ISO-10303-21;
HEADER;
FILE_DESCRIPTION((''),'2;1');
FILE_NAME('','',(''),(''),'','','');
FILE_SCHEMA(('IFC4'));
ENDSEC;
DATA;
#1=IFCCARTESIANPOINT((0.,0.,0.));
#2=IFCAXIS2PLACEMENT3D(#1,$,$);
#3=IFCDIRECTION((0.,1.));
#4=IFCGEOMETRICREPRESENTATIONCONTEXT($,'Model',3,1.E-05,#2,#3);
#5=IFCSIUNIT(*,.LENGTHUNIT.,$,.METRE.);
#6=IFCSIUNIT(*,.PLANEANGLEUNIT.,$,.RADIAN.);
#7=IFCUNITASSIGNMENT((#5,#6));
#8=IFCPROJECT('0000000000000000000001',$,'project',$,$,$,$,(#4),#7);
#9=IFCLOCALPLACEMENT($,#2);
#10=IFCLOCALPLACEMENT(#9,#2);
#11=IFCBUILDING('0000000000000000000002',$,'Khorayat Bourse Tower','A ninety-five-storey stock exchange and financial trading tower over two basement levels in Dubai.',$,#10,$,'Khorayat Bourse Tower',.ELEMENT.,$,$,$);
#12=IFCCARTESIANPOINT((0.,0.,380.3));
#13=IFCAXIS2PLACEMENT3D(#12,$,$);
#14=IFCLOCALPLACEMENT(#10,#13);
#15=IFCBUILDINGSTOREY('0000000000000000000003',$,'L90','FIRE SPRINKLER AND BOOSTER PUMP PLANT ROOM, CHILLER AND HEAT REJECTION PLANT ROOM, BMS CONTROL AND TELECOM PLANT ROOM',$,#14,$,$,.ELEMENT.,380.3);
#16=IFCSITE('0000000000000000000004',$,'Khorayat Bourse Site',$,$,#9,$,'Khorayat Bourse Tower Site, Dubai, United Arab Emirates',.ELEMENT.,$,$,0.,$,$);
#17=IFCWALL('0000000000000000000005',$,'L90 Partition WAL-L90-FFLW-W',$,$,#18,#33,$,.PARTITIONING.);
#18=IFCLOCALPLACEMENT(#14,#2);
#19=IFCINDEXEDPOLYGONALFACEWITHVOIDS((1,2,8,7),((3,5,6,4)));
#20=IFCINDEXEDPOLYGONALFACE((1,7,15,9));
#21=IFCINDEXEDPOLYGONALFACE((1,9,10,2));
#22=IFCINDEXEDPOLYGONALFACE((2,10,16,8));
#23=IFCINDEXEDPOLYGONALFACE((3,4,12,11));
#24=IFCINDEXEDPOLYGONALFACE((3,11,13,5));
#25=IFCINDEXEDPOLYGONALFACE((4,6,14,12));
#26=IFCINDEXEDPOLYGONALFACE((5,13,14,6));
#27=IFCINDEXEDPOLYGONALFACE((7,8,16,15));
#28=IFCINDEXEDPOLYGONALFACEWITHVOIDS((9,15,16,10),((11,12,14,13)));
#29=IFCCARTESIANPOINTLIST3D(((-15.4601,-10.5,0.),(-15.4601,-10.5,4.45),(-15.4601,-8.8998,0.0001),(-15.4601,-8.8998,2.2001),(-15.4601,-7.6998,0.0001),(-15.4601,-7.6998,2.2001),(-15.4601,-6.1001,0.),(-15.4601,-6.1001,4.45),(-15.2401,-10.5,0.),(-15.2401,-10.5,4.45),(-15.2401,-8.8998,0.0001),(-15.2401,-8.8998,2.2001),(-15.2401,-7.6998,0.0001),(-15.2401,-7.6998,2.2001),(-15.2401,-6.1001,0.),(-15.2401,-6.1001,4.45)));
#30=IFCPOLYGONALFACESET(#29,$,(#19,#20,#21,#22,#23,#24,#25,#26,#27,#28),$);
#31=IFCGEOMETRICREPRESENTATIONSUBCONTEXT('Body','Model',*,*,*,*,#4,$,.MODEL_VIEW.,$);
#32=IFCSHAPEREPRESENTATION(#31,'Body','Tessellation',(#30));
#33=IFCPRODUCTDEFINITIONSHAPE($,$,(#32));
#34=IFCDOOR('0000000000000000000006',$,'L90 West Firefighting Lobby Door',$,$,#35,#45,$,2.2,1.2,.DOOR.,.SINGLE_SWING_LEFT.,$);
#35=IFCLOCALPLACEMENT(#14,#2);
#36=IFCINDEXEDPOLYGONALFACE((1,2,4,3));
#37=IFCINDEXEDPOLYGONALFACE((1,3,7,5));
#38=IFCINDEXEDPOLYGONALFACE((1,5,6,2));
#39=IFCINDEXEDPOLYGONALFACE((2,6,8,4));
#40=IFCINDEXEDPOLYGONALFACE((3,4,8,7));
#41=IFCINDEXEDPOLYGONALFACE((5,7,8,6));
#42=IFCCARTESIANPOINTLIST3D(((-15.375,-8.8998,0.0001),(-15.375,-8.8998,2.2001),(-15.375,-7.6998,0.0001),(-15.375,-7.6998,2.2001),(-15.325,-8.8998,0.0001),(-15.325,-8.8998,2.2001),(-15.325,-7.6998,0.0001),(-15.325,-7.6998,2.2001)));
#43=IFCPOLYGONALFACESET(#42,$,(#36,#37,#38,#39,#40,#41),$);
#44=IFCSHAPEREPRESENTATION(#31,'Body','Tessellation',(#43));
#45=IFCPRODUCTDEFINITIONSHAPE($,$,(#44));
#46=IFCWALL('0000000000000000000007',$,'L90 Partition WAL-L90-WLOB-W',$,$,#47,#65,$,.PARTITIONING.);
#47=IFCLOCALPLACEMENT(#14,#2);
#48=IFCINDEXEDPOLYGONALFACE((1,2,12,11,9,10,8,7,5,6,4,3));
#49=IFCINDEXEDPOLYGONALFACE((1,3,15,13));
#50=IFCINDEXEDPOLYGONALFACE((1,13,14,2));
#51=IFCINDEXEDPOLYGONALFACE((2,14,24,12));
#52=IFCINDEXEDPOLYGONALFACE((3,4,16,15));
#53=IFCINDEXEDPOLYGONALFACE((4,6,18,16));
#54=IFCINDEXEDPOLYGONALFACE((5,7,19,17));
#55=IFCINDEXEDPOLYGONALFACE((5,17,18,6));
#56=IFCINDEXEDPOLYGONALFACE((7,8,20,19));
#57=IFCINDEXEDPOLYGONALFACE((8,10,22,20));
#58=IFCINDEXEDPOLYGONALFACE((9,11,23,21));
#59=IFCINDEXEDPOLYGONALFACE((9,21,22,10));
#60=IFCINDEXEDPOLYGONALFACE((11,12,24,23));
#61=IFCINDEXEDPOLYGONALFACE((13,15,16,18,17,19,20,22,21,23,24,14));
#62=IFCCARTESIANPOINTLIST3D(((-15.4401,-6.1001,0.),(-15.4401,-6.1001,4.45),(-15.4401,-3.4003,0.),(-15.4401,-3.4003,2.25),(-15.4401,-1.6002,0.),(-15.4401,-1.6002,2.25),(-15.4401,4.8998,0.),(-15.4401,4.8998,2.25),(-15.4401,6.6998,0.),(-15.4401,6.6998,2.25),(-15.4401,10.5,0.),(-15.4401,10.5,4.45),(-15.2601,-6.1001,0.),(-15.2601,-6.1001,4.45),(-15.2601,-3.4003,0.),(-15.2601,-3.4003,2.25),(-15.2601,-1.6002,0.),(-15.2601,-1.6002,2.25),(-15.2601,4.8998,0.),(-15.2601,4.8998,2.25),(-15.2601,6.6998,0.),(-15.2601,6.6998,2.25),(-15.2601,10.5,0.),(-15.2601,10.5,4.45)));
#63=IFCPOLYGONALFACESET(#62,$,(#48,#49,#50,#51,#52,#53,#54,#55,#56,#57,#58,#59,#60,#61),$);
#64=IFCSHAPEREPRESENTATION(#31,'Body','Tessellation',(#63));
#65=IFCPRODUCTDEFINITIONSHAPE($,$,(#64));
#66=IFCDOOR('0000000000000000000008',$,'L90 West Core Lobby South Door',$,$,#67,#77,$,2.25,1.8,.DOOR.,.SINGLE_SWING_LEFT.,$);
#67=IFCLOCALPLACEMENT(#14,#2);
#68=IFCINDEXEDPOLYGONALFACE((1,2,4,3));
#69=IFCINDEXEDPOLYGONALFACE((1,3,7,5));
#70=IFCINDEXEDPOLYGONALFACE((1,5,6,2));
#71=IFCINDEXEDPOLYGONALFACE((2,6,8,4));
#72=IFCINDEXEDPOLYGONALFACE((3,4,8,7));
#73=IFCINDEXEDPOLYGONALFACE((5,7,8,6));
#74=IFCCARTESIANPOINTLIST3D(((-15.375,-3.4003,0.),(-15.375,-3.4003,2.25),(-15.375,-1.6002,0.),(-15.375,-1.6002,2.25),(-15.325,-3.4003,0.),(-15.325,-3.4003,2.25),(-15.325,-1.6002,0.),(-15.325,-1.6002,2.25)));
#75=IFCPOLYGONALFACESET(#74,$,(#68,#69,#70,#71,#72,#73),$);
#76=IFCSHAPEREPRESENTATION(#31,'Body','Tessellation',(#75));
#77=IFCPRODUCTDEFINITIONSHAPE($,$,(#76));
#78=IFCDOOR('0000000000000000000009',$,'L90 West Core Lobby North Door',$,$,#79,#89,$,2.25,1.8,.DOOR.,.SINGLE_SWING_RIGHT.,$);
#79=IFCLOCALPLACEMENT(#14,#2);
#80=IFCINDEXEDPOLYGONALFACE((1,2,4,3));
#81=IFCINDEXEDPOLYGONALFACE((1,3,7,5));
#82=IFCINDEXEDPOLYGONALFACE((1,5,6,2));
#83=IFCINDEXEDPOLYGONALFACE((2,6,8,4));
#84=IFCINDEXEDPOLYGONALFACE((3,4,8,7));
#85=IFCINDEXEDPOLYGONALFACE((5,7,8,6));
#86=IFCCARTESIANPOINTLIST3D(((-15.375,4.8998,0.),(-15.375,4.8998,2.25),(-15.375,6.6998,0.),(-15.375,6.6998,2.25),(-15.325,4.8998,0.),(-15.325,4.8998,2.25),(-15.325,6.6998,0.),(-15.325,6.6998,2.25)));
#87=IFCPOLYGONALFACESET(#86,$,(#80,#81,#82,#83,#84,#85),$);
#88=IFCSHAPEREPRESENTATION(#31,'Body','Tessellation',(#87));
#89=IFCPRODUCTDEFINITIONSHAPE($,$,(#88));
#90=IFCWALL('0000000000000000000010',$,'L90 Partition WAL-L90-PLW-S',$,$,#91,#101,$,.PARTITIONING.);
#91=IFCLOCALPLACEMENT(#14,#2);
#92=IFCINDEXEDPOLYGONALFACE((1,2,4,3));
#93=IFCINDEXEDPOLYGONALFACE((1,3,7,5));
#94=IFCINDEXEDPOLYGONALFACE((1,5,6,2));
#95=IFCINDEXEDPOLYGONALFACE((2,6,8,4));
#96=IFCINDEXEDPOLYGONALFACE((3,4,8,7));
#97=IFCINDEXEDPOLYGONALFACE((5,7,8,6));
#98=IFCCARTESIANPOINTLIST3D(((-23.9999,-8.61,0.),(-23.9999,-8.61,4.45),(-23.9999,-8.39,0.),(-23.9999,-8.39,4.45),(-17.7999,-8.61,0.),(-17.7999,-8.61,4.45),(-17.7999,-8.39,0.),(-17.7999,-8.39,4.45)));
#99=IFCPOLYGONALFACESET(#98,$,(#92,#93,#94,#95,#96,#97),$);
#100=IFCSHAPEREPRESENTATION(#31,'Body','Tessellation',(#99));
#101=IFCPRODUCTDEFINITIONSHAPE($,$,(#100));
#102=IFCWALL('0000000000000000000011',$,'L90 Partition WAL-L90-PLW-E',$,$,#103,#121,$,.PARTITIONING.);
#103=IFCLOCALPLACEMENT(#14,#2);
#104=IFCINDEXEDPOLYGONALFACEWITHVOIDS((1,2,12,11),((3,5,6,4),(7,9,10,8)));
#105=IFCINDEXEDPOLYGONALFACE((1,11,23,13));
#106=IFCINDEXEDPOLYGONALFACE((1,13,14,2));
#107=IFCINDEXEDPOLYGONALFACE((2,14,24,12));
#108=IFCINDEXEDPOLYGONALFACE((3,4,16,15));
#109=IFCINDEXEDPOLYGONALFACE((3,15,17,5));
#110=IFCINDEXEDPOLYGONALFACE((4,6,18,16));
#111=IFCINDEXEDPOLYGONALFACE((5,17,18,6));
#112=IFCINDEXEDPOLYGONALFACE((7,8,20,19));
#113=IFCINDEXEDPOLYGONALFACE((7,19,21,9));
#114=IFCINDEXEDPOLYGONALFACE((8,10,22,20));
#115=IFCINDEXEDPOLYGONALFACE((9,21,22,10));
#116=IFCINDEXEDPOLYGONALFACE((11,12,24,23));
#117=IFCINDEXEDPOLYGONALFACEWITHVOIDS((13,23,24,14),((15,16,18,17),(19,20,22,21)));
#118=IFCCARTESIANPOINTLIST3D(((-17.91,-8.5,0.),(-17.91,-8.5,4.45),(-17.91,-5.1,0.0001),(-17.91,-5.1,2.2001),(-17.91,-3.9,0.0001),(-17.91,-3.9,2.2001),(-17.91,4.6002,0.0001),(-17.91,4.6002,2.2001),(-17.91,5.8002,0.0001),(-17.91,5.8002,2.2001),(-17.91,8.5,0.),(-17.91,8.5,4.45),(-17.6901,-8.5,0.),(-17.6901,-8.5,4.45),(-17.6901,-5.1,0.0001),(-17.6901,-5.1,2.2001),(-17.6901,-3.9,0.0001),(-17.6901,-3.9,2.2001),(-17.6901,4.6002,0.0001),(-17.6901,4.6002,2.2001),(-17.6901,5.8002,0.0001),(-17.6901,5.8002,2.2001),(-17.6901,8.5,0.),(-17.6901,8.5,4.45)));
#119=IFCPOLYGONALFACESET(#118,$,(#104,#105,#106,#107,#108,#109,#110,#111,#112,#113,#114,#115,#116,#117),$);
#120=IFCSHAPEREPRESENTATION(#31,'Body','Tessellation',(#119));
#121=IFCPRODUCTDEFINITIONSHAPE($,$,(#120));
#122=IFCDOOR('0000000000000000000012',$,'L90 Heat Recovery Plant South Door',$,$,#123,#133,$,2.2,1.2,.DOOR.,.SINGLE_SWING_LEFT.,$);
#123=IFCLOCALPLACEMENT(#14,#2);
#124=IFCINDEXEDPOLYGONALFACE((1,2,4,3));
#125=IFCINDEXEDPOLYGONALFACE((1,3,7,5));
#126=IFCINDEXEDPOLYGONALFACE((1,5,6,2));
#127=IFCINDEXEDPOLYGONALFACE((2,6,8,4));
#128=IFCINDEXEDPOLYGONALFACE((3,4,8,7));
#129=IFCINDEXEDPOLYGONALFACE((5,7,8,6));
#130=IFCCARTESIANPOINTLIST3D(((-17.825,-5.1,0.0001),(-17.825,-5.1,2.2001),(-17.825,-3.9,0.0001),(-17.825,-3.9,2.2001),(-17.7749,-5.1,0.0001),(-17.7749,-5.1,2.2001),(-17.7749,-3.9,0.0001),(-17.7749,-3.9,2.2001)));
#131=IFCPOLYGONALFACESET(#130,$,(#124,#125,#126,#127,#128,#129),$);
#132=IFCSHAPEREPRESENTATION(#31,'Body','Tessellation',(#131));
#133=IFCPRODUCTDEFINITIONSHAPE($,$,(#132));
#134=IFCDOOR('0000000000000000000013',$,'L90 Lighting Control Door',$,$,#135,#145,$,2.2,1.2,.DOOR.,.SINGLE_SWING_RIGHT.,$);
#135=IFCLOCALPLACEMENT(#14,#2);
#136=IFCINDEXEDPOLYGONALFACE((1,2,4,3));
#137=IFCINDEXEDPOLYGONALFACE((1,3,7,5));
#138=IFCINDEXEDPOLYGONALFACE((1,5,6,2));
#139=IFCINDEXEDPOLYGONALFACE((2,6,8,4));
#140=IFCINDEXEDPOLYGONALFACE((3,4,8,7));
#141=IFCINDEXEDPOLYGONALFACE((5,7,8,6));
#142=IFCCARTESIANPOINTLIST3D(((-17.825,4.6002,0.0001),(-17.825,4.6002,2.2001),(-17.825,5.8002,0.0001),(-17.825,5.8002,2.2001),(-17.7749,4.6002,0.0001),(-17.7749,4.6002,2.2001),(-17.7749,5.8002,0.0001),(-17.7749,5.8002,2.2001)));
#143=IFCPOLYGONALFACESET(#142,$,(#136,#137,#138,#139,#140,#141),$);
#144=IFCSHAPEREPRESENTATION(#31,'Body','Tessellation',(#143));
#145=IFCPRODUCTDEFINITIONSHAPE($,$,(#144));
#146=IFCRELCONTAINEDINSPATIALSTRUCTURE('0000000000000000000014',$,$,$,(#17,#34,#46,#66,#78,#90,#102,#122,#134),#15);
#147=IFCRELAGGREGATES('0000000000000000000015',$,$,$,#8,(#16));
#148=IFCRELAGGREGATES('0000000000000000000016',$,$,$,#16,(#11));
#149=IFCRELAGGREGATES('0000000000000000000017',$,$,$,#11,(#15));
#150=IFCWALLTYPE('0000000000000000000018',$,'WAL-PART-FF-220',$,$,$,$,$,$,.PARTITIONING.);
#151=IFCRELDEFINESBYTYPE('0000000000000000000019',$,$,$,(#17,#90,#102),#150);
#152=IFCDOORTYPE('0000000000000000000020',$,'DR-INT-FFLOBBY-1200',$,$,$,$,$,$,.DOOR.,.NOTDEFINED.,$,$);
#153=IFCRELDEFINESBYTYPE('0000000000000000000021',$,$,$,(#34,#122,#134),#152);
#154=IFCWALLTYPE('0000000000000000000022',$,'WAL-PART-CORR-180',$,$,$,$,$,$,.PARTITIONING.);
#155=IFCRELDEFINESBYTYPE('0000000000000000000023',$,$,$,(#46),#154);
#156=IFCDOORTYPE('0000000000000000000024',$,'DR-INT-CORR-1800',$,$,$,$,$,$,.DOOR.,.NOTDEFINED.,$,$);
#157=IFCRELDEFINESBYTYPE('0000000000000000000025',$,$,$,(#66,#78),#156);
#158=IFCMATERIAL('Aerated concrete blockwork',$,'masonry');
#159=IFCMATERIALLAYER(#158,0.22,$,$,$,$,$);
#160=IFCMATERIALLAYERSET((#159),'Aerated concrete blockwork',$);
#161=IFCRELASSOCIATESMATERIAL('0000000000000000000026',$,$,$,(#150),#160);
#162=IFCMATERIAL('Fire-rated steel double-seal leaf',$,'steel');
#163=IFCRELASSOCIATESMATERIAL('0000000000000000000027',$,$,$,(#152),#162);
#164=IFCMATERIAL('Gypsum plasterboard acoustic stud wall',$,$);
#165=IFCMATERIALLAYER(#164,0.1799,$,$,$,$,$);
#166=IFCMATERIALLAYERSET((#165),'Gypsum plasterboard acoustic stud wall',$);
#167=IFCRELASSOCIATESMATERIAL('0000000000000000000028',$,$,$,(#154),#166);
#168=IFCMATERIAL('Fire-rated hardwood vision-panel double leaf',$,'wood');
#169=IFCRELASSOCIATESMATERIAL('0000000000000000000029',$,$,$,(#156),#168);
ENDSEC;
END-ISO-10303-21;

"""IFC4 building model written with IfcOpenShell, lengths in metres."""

from ifc_helpers import new_model, si_unit, direction, frame, frame_2d, origin, place, context, subcontext, project, spatial, rectangle, extrude, source, transform, mapped, material, layer, layer_set, type_object, element, fill, save


model = new_model("IFC4")

# Units and contexts
model_context = context("Model", 3, precision=1e-05, world=origin(), true_north=direction((0.0, 1.0)))
body_context = subcontext(model_context, "Body", "Model", "MODEL_VIEW")
ifc_project = project(units=[si_unit("LENGTHUNIT", "METRE"), si_unit("PLANEANGLEUNIT", "RADIAN")], contexts=[model_context])

# Site, building, storey
site_placement = place(None, origin())
site = spatial("IfcSite", under=ifc_project, at=site_placement, Name="Khorayat Bourse Site", LongName="Khorayat Bourse Tower Site, Dubai, United Arab Emirates", CompositionType="ELEMENT", RefElevation=0.0)
building_placement = place(site_placement, origin())
building = spatial("IfcBuilding", under=site, at=building_placement, Name="Khorayat Bourse Tower", Description="A ninety-five-storey stock exchange and financial trading tower over two basement levels in Dubai.", LongName="Khorayat Bourse Tower", CompositionType="ELEMENT")
storey_placement = place(building_placement, frame((0.0, 0.0, 380.3)))
storey = spatial("IfcBuildingStorey", under=building, at=storey_placement, Name="L90", Description="FIRE SPRINKLER AND BOOSTER PUMP PLANT ROOM, CHILLER AND HEAT REJECTION PLANT ROOM, BMS CONTROL AND TELECOM PLANT ROOM", CompositionType="ELEMENT", Elevation=380.3)

# Shared definitions
ifc_material_1 = material(Name="Aerated concrete blockwork", Category="masonry")
ifc_layer_1 = layer(ifc_material_1, 0.22)
ifc_layer_set_1 = layer_set([ifc_layer_1], Name="Aerated concrete blockwork")
wall_type_1 = type_object("IfcWallType", Name="WAL-PART-FF-220", PredefinedType="PARTITIONING", material=ifc_layer_set_1)

# Wall, opening, door
shared_shape_1 = source(origin(), body_context, "Body", "SweptSolid", [
    extrude(rectangle(XDim=4.3999, YDim=0.22, at=frame_2d((2.2, 0.0))), origin(), (0.0, 0.0, 1.0), 4.45),
])
wall_1_placement = place(storey_placement, frame((-15.3501, -10.5, 0.0), z_axis=(0.0, 0.0, 1.0), x_axis=(0.0, 1.0, 0.0)))
wall_1 = element("IfcWall", 1, at=wall_1_placement, inside=storey, type_object=wall_type_1, Name="L90 Partition WAL-L90-FFLW-W", PredefinedType="PARTITIONING", context=body_context, shape_type="MappedRepresentation", body=[
    mapped(shared_shape_1, transform((0.0, 0.0, 0.0), scale=1.0)),
])
shared_shape_2 = source(origin(), body_context, "Body", "SweptSolid", [
    extrude(rectangle(XDim=1.2, YDim=2.2, at=frame_2d((0.6001, 1.1001))), frame((0.0, 0.1199, 0.0), z_axis=(0.0, -1.0, 0.0), x_axis=(1.0, 0.0, 0.0)), (0.0, 0.0, 1.0), 0.24),
])
opening_1_placement = place(wall_1_placement, frame((1.6001, 0.0, 0.0)))
opening_1 = element("IfcOpeningElement", 2, at=opening_1_placement, cuts=wall_1, PredefinedType="OPENING", context=body_context, shape_type="MappedRepresentation", body=[
    mapped(shared_shape_2, transform((0.0, 0.0, 0.0), scale=1.0)),
])
ifc_material_2 = material(Name="Fire-rated steel double-seal leaf", Category="steel")
door_type_1 = type_object("IfcDoorType", Name="DR-INT-FFLOBBY-1200", OperationType="NOTDEFINED", PredefinedType="DOOR", material=ifc_material_2)
shared_shape_3 = source(origin(), body_context, "Body", "SweptSolid", [
    extrude(rectangle(XDim=1.2, YDim=2.2, at=frame_2d((0.6001, 1.1001))), frame((0.0, 0.0249, 0.0), z_axis=(0.0, -1.0, 0.0), x_axis=(1.0, 0.0, 0.0)), (0.0, 0.0, 1.0), 0.05),
])
door_1_placement = place(opening_1_placement, origin())
door_1 = element("IfcDoor", 3, at=door_1_placement, inside=storey, type_object=door_type_1, Name="L90 West Firefighting Lobby Door", OperationType="SINGLE_SWING_LEFT", OverallHeight=2.2, OverallWidth=1.2, PredefinedType="DOOR", context=body_context, shape_type="MappedRepresentation", body=[
    mapped(shared_shape_3, transform((0.0, 0.0, 0.0), scale=1.0)),
])
fill(opening_1, door_1)

# Wall, openings, doors
ifc_material_3 = material(Name="Gypsum plasterboard acoustic stud wall")
ifc_layer_2 = layer(ifc_material_3, 0.1799)
ifc_layer_set_2 = layer_set([ifc_layer_2], Name="Gypsum plasterboard acoustic stud wall")
wall_type_2 = type_object("IfcWallType", Name="WAL-PART-CORR-180", PredefinedType="PARTITIONING", material=ifc_layer_set_2)
shared_shape_4 = source(origin(), body_context, "Body", "SweptSolid", [
    extrude(rectangle(XDim=16.6001, YDim=0.1799, at=frame_2d((8.3, 0.0))), origin(), (0.0, 0.0, 1.0), 4.45),
])
wall_2_placement = place(storey_placement, frame((-15.3501, -6.1001, 0.0), z_axis=(0.0, 0.0, 1.0), x_axis=(0.0, 1.0, 0.0)))
wall_2 = element("IfcWall", 4, at=wall_2_placement, inside=storey, type_object=wall_type_2, Name="L90 Partition WAL-L90-WLOB-W", PredefinedType="PARTITIONING", context=body_context, shape_type="MappedRepresentation", body=[
    mapped(shared_shape_4, transform((0.0, 0.0, 0.0), scale=1.0)),
])
shared_shape_5 = source(origin(), body_context, "Body", "SweptSolid", [
    extrude(rectangle(XDim=1.8, YDim=2.25, at=frame_2d((0.8999, 1.125))), frame((0.0, 0.0999, 0.0), z_axis=(0.0, -1.0, 0.0), x_axis=(1.0, 0.0, 0.0)), (0.0, 0.0, 1.0), 0.2),
])
opening_2_placement = place(wall_2_placement, frame((2.7, 0.0, 0.0)))
opening_2 = element("IfcOpeningElement", 5, at=opening_2_placement, cuts=wall_2, PredefinedType="OPENING", context=body_context, shape_type="MappedRepresentation", body=[
    mapped(shared_shape_5, transform((0.0, 0.0, 0.0), scale=1.0)),
])
opening_3_placement = place(wall_2_placement, frame((11.0, 0.0, 0.0)))
opening_3 = element("IfcOpeningElement", 6, at=opening_3_placement, cuts=wall_2, PredefinedType="OPENING", context=body_context, shape_type="MappedRepresentation", body=[
    mapped(shared_shape_5, transform((0.0, 0.0, 0.0), scale=1.0)),
])
ifc_material_4 = material(Name="Fire-rated hardwood vision-panel double leaf", Category="wood")
door_type_2 = type_object("IfcDoorType", Name="DR-INT-CORR-1800", OperationType="NOTDEFINED", PredefinedType="DOOR", material=ifc_material_4)
shared_shape_6 = source(origin(), body_context, "Body", "SweptSolid", [
    extrude(rectangle(XDim=1.8, YDim=2.25, at=frame_2d((0.8999, 1.125))), frame((0.0, 0.0249, 0.0), z_axis=(0.0, -1.0, 0.0), x_axis=(1.0, 0.0, 0.0)), (0.0, 0.0, 1.0), 0.05),
])
door_2_placement = place(opening_2_placement, origin())
door_2 = element("IfcDoor", 7, at=door_2_placement, inside=storey, type_object=door_type_2, Name="L90 West Core Lobby South Door", OperationType="SINGLE_SWING_LEFT", OverallHeight=2.25, OverallWidth=1.8, PredefinedType="DOOR", context=body_context, shape_type="MappedRepresentation", body=[
    mapped(shared_shape_6, transform((0.0, 0.0, 0.0), scale=1.0)),
])
fill(opening_2, door_2)
door_3_placement = place(opening_3_placement, origin())
door_3 = element("IfcDoor", 8, at=door_3_placement, inside=storey, type_object=door_type_2, Name="L90 West Core Lobby North Door", OperationType="SINGLE_SWING_RIGHT", OverallHeight=2.25, OverallWidth=1.8, PredefinedType="DOOR", context=body_context, shape_type="MappedRepresentation", body=[
    mapped(shared_shape_6, transform((0.0, 0.0, 0.0), scale=1.0)),
])
fill(opening_3, door_3)

# Wall
shared_shape_7 = source(origin(), body_context, "Body", "SweptSolid", [
    extrude(rectangle(XDim=6.2, YDim=0.22, at=frame_2d((3.1001, 0.0))), origin(), (0.0, 0.0, 1.0), 4.45),
])
wall_3_placement = place(storey_placement, frame((-24.0, -8.5, 0.0), z_axis=(0.0, 0.0, 1.0), x_axis=(1.0, 0.0, 0.0)))
element("IfcWall", 9, at=wall_3_placement, inside=storey, type_object=wall_type_1, Name="L90 Partition WAL-L90-PLW-S", PredefinedType="PARTITIONING", context=body_context, shape_type="MappedRepresentation", body=[
    mapped(shared_shape_7, transform((0.0, 0.0, 0.0), scale=1.0)),
])

# Wall, openings, doors
shared_shape_8 = source(origin(), body_context, "Body", "SweptSolid", [
    extrude(rectangle(XDim=17.0, YDim=0.22, at=frame_2d((8.5, 0.0))), origin(), (0.0, 0.0, 1.0), 4.45),
])
wall_4_placement = place(storey_placement, frame((-17.8, -8.5, 0.0), z_axis=(0.0, 0.0, 1.0), x_axis=(0.0, 1.0, 0.0)))
wall_4 = element("IfcWall", 10, at=wall_4_placement, inside=storey, type_object=wall_type_1, Name="L90 Partition WAL-L90-PLW-E", PredefinedType="PARTITIONING", context=body_context, shape_type="MappedRepresentation", body=[
    mapped(shared_shape_8, transform((0.0, 0.0, 0.0), scale=1.0)),
])
opening_4_placement = place(wall_4_placement, frame((3.3999, 0.0, 0.0)))
opening_4 = element("IfcOpeningElement", 11, at=opening_4_placement, cuts=wall_4, PredefinedType="OPENING", context=body_context, shape_type="MappedRepresentation", body=[
    mapped(shared_shape_2, transform((0.0, 0.0, 0.0), scale=1.0)),
])
opening_5_placement = place(wall_4_placement, frame((13.1001, 0.0, 0.0)))
opening_5 = element("IfcOpeningElement", 12, at=opening_5_placement, cuts=wall_4, PredefinedType="OPENING", context=body_context, shape_type="MappedRepresentation", body=[
    mapped(shared_shape_2, transform((0.0, 0.0, 0.0), scale=1.0)),
])
door_4_placement = place(opening_4_placement, origin())
door_4 = element("IfcDoor", 13, at=door_4_placement, inside=storey, type_object=door_type_1, Name="L90 Heat Recovery Plant South Door", OperationType="SINGLE_SWING_LEFT", OverallHeight=2.2, OverallWidth=1.2, PredefinedType="DOOR", context=body_context, shape_type="MappedRepresentation", body=[
    mapped(shared_shape_3, transform((0.0, 0.0, 0.0), scale=1.0)),
])
fill(opening_4, door_4)
door_5_placement = place(opening_5_placement, origin())
door_5 = element("IfcDoor", 14, at=door_5_placement, inside=storey, type_object=door_type_1, Name="L90 Lighting Control Door", OperationType="SINGLE_SWING_RIGHT", OverallHeight=2.2, OverallWidth=1.2, PredefinedType="DOOR", context=body_context, shape_type="MappedRepresentation", body=[
    mapped(shared_shape_3, transform((0.0, 0.0, 0.0), scale=1.0)),
])
fill(opening_5, door_5)

save(model, "model.ifc")
